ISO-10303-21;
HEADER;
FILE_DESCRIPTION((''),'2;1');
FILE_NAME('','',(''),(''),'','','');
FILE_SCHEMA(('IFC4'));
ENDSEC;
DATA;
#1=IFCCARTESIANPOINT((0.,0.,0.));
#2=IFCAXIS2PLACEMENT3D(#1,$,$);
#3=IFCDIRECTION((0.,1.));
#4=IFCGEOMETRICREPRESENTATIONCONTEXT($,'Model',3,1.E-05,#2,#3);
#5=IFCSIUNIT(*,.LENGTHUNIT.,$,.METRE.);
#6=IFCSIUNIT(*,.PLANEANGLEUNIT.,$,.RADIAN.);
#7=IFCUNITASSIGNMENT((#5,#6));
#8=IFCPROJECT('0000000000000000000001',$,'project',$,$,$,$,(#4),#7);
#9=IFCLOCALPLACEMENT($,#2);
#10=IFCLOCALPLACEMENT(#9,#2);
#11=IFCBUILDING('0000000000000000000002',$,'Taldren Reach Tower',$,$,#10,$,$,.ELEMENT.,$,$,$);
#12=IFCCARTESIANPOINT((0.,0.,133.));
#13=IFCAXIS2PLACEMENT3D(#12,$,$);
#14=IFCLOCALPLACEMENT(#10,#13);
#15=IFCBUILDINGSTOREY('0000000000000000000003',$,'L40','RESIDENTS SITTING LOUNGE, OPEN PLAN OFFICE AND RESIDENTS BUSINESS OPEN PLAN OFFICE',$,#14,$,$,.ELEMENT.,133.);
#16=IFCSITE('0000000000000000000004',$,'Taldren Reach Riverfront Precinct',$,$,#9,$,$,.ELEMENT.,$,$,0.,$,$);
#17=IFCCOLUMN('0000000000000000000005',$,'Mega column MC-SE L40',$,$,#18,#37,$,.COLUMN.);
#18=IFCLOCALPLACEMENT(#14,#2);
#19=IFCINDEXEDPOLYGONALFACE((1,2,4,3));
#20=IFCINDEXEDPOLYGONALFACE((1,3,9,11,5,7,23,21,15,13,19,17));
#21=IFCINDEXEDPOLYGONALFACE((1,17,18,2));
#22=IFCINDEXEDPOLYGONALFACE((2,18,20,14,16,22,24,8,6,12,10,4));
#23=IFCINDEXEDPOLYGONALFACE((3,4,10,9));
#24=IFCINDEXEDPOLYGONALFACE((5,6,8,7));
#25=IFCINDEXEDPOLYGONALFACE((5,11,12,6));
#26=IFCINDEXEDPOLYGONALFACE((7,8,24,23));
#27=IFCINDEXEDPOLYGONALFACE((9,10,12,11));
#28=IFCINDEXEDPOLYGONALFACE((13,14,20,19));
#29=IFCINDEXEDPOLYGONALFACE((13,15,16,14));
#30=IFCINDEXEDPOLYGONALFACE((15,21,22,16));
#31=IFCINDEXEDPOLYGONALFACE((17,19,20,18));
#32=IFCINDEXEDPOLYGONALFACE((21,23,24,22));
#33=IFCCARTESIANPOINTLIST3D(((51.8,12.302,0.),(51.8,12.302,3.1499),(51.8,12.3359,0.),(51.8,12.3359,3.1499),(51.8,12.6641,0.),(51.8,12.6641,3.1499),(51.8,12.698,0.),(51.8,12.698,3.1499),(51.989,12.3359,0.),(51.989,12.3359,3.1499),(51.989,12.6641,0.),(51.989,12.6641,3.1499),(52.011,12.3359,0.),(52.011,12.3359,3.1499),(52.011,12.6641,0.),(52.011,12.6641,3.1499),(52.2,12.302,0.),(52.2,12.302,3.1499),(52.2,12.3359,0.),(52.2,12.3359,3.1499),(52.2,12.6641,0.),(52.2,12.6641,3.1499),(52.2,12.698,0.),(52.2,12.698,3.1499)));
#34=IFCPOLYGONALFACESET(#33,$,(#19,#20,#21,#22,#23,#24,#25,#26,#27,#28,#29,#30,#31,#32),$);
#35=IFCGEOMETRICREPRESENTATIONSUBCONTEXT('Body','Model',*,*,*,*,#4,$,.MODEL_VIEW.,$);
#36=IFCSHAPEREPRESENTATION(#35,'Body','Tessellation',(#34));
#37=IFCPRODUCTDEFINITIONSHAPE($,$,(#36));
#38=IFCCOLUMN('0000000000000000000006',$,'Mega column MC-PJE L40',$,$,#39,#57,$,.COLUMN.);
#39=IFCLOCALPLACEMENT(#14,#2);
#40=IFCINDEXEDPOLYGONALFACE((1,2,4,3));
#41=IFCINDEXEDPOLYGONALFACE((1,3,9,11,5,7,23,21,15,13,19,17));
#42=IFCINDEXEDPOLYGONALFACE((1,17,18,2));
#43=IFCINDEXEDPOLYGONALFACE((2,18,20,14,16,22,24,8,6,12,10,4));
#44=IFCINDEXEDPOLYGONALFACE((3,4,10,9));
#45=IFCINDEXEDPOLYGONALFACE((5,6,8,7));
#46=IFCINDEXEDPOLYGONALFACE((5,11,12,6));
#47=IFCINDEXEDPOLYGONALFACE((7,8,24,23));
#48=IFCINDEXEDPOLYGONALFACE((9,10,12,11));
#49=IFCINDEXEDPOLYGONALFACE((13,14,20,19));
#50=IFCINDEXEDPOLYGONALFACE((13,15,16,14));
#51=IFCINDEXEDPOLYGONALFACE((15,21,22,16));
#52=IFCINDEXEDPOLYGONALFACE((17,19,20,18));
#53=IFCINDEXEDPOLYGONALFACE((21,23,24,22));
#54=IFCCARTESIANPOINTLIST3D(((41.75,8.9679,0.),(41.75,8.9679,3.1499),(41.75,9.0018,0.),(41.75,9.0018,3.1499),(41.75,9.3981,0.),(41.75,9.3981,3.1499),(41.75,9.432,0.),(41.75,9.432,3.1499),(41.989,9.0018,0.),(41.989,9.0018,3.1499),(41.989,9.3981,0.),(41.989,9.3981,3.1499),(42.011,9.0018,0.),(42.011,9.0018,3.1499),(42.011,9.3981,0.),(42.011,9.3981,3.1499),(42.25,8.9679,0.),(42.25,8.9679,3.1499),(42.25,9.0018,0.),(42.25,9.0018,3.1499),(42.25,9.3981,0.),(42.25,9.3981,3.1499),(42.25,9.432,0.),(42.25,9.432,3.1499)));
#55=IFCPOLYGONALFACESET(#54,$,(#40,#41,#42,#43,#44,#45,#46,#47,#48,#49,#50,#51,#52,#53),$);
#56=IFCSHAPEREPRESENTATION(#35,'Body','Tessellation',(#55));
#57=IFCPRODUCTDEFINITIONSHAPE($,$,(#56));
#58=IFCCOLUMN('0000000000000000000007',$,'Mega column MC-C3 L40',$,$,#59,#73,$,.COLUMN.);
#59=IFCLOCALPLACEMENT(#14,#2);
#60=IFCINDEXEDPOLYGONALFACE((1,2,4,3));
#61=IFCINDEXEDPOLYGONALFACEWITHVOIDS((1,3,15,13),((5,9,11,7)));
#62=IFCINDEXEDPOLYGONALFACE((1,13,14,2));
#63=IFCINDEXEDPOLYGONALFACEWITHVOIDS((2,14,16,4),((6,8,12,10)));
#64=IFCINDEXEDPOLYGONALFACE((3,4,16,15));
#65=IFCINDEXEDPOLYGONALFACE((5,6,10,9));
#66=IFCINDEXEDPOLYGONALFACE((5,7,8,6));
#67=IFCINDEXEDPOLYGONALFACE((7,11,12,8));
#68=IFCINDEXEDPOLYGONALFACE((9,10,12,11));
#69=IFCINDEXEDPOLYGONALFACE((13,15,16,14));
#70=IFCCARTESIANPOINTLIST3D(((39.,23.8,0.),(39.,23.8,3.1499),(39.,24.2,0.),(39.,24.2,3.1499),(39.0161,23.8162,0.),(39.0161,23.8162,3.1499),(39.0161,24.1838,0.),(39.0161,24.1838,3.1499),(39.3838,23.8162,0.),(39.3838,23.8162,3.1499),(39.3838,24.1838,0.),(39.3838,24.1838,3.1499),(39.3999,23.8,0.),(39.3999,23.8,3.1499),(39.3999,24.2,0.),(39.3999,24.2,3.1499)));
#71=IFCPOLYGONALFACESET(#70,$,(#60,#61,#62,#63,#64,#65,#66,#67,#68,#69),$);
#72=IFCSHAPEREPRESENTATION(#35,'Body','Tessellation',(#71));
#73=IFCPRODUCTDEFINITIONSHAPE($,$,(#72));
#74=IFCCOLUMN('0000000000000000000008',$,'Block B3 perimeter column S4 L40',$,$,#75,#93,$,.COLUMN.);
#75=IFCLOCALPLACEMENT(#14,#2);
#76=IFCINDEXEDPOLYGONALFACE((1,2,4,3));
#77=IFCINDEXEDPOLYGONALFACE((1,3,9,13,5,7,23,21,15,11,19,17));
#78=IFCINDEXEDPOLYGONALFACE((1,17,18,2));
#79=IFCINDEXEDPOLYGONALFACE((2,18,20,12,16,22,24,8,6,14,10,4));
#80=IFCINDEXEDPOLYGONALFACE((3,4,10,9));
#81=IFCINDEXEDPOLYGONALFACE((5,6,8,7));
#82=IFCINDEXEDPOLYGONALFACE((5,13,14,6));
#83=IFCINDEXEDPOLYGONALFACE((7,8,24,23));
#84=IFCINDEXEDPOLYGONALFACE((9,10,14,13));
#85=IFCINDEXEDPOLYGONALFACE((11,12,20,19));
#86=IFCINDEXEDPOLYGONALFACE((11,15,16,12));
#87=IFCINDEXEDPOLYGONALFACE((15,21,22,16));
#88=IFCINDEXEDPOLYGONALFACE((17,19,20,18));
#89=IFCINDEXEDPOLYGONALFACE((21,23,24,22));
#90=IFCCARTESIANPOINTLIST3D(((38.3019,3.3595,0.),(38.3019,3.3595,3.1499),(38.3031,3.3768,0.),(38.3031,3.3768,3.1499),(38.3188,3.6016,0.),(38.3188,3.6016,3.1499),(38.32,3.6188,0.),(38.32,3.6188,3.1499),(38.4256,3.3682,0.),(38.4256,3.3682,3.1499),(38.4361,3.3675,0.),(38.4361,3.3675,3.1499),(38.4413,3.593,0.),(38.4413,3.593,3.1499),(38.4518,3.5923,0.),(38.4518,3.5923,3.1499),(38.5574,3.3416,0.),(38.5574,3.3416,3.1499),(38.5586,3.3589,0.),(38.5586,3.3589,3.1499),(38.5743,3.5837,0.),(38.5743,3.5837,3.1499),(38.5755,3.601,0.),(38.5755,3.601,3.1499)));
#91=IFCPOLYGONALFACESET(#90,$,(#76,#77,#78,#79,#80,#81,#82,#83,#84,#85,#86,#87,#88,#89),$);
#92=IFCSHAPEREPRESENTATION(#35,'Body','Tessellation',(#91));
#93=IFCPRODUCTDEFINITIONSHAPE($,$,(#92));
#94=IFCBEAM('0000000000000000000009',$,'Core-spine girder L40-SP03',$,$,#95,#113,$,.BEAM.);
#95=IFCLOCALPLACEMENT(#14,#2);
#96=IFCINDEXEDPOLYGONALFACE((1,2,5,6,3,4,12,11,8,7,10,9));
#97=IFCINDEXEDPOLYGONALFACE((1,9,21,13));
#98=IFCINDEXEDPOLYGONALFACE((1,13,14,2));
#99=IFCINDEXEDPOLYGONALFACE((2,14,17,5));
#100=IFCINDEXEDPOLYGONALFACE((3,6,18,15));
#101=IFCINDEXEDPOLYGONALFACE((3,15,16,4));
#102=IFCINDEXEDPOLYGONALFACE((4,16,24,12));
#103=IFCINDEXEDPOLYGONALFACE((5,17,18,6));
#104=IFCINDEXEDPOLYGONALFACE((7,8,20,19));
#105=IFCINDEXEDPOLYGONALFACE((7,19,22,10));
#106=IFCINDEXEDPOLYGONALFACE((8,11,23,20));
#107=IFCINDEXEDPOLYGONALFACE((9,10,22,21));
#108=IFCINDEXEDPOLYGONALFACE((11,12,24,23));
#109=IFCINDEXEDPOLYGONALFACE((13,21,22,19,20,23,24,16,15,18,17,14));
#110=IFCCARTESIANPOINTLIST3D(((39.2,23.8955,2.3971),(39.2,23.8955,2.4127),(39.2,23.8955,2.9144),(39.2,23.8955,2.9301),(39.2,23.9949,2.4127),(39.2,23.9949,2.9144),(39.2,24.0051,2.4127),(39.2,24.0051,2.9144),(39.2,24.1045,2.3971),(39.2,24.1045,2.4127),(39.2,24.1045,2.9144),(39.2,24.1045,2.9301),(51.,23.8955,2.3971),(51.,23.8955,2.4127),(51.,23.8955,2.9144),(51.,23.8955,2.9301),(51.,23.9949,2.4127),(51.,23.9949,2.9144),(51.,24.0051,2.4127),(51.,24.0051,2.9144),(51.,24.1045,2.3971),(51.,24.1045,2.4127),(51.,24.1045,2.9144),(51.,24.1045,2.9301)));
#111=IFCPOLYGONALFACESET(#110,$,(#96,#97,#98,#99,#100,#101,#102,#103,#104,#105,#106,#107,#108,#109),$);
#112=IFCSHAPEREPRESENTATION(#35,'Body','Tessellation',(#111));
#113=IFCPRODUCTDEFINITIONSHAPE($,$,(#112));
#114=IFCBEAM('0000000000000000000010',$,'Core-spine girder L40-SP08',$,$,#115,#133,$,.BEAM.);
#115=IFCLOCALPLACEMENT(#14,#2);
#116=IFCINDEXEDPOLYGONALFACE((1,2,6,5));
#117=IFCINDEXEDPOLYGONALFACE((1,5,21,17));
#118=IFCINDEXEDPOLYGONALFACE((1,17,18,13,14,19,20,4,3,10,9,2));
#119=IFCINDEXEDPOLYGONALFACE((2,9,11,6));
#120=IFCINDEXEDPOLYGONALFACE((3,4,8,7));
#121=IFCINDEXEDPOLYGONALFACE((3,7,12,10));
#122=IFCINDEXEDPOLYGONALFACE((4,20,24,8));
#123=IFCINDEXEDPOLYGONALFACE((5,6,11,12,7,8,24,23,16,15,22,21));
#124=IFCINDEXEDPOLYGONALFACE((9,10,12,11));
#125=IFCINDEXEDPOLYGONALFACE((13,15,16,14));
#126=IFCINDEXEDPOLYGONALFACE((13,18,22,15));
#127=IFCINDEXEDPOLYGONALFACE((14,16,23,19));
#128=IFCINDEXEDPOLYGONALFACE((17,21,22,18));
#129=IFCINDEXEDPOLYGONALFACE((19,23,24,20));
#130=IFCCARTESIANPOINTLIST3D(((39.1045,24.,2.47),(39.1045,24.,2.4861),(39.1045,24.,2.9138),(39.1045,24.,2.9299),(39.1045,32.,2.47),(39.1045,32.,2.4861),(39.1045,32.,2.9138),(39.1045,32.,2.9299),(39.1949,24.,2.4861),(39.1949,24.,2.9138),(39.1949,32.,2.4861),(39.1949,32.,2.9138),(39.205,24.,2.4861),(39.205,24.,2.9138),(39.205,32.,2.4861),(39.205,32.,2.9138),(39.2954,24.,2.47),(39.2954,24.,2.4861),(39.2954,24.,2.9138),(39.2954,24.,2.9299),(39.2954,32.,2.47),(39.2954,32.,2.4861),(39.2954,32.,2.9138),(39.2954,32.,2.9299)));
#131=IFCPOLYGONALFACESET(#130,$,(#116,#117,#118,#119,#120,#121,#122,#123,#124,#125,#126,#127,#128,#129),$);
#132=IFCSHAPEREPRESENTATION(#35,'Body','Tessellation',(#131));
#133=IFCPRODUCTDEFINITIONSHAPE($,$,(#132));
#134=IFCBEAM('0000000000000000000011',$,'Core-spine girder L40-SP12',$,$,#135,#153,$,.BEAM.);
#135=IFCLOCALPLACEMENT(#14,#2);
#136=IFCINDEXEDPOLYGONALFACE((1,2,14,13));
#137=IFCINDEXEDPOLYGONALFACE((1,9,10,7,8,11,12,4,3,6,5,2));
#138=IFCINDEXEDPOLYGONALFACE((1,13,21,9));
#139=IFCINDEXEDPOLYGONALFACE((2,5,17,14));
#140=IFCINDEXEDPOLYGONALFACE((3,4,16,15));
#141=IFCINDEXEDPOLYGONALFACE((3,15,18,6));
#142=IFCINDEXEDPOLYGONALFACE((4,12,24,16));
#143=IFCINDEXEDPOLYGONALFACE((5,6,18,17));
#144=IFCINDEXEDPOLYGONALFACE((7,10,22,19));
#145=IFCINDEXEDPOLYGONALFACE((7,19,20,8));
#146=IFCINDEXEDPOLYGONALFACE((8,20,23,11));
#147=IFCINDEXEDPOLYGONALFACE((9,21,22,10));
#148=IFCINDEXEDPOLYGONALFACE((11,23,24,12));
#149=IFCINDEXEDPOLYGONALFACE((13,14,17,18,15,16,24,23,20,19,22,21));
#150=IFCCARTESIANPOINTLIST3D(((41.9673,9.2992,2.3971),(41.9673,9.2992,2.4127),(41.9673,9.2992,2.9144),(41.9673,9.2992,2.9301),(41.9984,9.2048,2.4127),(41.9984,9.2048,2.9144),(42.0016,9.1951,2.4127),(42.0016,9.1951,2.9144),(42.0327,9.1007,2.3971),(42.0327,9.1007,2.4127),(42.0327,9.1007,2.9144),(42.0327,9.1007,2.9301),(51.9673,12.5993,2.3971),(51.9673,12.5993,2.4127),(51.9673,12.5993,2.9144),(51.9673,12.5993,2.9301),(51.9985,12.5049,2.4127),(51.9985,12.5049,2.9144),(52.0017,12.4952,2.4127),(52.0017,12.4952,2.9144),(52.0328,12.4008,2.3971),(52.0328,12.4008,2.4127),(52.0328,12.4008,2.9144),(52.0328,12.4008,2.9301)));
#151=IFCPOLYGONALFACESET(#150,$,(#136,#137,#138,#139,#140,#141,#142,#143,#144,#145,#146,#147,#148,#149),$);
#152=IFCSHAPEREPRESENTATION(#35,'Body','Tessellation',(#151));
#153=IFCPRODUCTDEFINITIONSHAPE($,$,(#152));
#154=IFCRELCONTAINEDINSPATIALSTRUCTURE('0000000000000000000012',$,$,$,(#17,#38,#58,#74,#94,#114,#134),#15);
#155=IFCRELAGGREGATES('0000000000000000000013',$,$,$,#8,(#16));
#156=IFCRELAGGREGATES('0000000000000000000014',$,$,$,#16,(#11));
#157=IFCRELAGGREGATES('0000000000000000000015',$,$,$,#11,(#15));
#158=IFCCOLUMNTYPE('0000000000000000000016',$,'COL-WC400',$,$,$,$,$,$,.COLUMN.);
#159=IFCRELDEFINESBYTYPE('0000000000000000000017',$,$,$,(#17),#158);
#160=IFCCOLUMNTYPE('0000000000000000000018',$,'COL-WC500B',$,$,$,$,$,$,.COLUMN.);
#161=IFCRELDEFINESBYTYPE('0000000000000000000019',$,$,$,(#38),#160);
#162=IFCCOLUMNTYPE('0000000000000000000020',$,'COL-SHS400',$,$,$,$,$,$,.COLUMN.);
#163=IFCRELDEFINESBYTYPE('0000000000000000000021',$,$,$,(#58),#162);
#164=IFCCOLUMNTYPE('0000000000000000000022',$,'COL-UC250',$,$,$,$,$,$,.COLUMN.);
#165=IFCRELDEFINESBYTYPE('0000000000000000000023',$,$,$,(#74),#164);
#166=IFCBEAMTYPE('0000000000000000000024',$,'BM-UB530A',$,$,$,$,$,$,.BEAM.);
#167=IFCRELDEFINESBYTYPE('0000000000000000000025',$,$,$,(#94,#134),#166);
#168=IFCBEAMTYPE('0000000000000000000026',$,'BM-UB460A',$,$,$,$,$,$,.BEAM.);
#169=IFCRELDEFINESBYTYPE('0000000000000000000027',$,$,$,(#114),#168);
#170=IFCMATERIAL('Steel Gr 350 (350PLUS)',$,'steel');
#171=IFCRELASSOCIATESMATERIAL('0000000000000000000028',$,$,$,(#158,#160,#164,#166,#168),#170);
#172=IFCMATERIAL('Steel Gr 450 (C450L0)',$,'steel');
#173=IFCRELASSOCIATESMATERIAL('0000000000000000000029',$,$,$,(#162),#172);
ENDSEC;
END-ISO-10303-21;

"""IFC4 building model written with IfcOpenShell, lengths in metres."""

from ifc_helpers import new_model, si_unit, direction, frame, origin, origin_2d, place, context, subcontext, project, spatial, hollow_rectangle, i_section, extrude, source, transform, mapped, material, material_profile, profile_set, type_object, element, save


model = new_model("IFC4")

# Units and contexts
model_context = context("Model", 3, precision=1e-05, world=origin(), true_north=direction((0.0, 1.0)))
body_context = subcontext(model_context, "Body", "Model", "MODEL_VIEW")
ifc_project = project(units=[si_unit("LENGTHUNIT", "METRE"), si_unit("PLANEANGLEUNIT", "RADIAN")], contexts=[model_context])

# Site, building, storey
site_placement = place(None, origin())
site = spatial("IfcSite", under=ifc_project, at=site_placement, Name="Taldren Reach Riverfront Precinct", CompositionType="ELEMENT", RefElevation=0.0)
building_placement = place(site_placement, origin())
building = spatial("IfcBuilding", under=site, at=building_placement, Name="Taldren Reach Tower", CompositionType="ELEMENT")
storey_placement = place(building_placement, frame((0.0, 0.0, 133.0)))
storey = spatial("IfcBuildingStorey", under=building, at=storey_placement, Name="L40", Description="RESIDENTS SITTING LOUNGE, OPEN PLAN OFFICE AND RESIDENTS BUSINESS OPEN PLAN OFFICE", CompositionType="ELEMENT", Elevation=133.0)

# Columns
ifc_material_1 = material(Name="Steel Gr 350 (350PLUS)", Category="steel")
ifc_material_profile_1 = material_profile(ifc_material_1, i_section(OverallWidth=0.3999, OverallDepth=0.396, WebThickness=0.022, FlangeThickness=0.0339, at=origin_2d()), Name="400WC270")
ifc_profile_set_1 = profile_set([ifc_material_profile_1], Name="Steel Gr 350 (350PLUS)")
column_type_1 = type_object("IfcColumnType", Name="COL-WC400", PredefinedType="COLUMN", material=ifc_profile_set_1)
shared_shape_1 = source(origin(), body_context, "Body", "SweptSolid", [
    extrude(i_section(OverallWidth=0.3999, OverallDepth=0.396, WebThickness=0.022, FlangeThickness=0.0339, at=origin_2d()), origin(), (0.0, 0.0, 1.0), 3.1499),
])
column_1_placement = place(storey_placement, frame((52.0, 12.5, 0.0), z_axis=(0.0, 0.0, 1.0), x_axis=(1.0, 0.0, 0.0)))
element("IfcColumn", 1, at=column_1_placement, inside=storey, type_object=column_type_1, Name="Mega column MC-SE L40", PredefinedType="COLUMN", context=body_context, shape_type="MappedRepresentation", body=[
    mapped(shared_shape_1, transform((0.0, 0.0, 0.0), scale=1.0)),
])
ifc_material_profile_2 = material_profile(ifc_material_1, i_section(OverallWidth=0.5, OverallDepth=0.4641, WebThickness=0.022, FlangeThickness=0.0339, at=origin_2d()), Name="500WC340")
ifc_profile_set_2 = profile_set([ifc_material_profile_2], Name="Steel Gr 350 (350PLUS)")
column_type_2 = type_object("IfcColumnType", Name="COL-WC500B", PredefinedType="COLUMN", material=ifc_profile_set_2)
shared_shape_2 = source(origin(), body_context, "Body", "SweptSolid", [
    extrude(i_section(OverallWidth=0.5, OverallDepth=0.4641, WebThickness=0.022, FlangeThickness=0.0339, at=origin_2d()), origin(), (0.0, 0.0, 1.0), 3.1499),
])
column_2_placement = place(storey_placement, frame((42.0, 9.2, 0.0), z_axis=(0.0, 0.0, 1.0), x_axis=(1.0, 0.0, 0.0)))
element("IfcColumn", 2, at=column_2_placement, inside=storey, type_object=column_type_2, Name="Mega column MC-PJE L40", PredefinedType="COLUMN", context=body_context, shape_type="MappedRepresentation", body=[
    mapped(shared_shape_2, transform((0.0, 0.0, 0.0), scale=1.0)),
])
ifc_material_2 = material(Name="Steel Gr 450 (C450L0)", Category="steel")
ifc_material_profile_3 = material_profile(ifc_material_2, hollow_rectangle(XDim=0.3999, YDim=0.3999, WallThickness=0.0161, at=origin_2d()), Name="400x400x16.0SHS")
ifc_profile_set_3 = profile_set([ifc_material_profile_3], Name="Steel Gr 450 (C450L0)")
column_type_3 = type_object("IfcColumnType", Name="COL-SHS400", PredefinedType="COLUMN", material=ifc_profile_set_3)
shared_shape_3 = source(origin(), body_context, "Body", "SweptSolid", [
    extrude(hollow_rectangle(XDim=0.3999, YDim=0.3999, WallThickness=0.0161, at=origin_2d()), origin(), (0.0, 0.0, 1.0), 3.1499),
])
column_3_placement = place(storey_placement, frame((39.2, 24.0, 0.0), z_axis=(0.0, 0.0, 1.0), x_axis=(1.0, 0.0, 0.0)))
element("IfcColumn", 3, at=column_3_placement, inside=storey, type_object=column_type_3, Name="Mega column MC-C3 L40", PredefinedType="COLUMN", context=body_context, shape_type="MappedRepresentation", body=[
    mapped(shared_shape_3, transform((0.0, 0.0, 0.0), scale=1.0)),
])
ifc_material_profile_4 = material_profile(ifc_material_1, i_section(OverallWidth=0.2561, OverallDepth=0.26, WebThickness=0.0105, FlangeThickness=0.0173, at=origin_2d()), Name="250UC89.5")
ifc_profile_set_4 = profile_set([ifc_material_profile_4], Name="Steel Gr 350 (350PLUS)")
column_type_4 = type_object("IfcColumnType", Name="COL-UC250", PredefinedType="COLUMN", material=ifc_profile_set_4)
shared_shape_4 = source(origin(), body_context, "Body", "SweptSolid", [
    extrude(i_section(OverallWidth=0.2561, OverallDepth=0.26, WebThickness=0.0105, FlangeThickness=0.0173, at=origin_2d()), origin(), (0.0, 0.0, 1.0), 3.1499),
])
column_4_placement = place(storey_placement, frame((38.4387, 3.4802, 0.0), z_axis=(0.0, 0.0, 1.0), x_axis=(0.997564, -0.069756, 0.0)))
element("IfcColumn", 4, at=column_4_placement, inside=storey, type_object=column_type_4, Name="Block B3 perimeter column S4 L40", PredefinedType="COLUMN", context=body_context, shape_type="MappedRepresentation", body=[
    mapped(shared_shape_4, transform((0.0, 0.0, 0.0), scale=1.0)),
])

# Beams
ifc_material_profile_5 = material_profile(ifc_material_1, i_section(OverallWidth=0.209, OverallDepth=0.533, WebThickness=0.0103, FlangeThickness=0.0156, at=origin_2d()), Name="530UB92.4")
ifc_profile_set_5 = profile_set([ifc_material_profile_5], Name="Steel Gr 350 (350PLUS)")
beam_type_1 = type_object("IfcBeamType", Name="BM-UB530A", PredefinedType="BEAM", material=ifc_profile_set_5)
shared_shape_5 = source(origin(), body_context, "Body", "SweptSolid", [
    extrude(i_section(OverallWidth=0.209, OverallDepth=0.533, WebThickness=0.0103, FlangeThickness=0.0156, at=origin_2d()), origin(), (0.0, 0.0, 1.0), 11.8),
])
beam_1_placement = place(storey_placement, frame((39.2, 24.0, 2.6636), z_axis=(1.0, 0.0, 0.0), x_axis=(0.0, 1.0, 0.0)))
element("IfcBeam", 5, at=beam_1_placement, inside=storey, type_object=beam_type_1, Name="Core-spine girder L40-SP03", PredefinedType="BEAM", context=body_context, shape_type="MappedRepresentation", body=[
    mapped(shared_shape_5, transform((0.0, 0.0, 0.0), scale=1.0)),
])
ifc_material_profile_6 = material_profile(ifc_material_1, i_section(OverallWidth=0.1909, OverallDepth=0.46, WebThickness=0.01, FlangeThickness=0.0161, at=origin_2d()), Name="460UB82.1")
ifc_profile_set_6 = profile_set([ifc_material_profile_6], Name="Steel Gr 350 (350PLUS)")
beam_type_2 = type_object("IfcBeamType", Name="BM-UB460A", PredefinedType="BEAM", material=ifc_profile_set_6)
shared_shape_6 = source(origin(), body_context, "Body", "SweptSolid", [
    extrude(i_section(OverallWidth=0.1909, OverallDepth=0.46, WebThickness=0.01, FlangeThickness=0.0161, at=origin_2d()), origin(), (0.0, 0.0, 1.0), 8.0),
])
beam_2_placement = place(storey_placement, frame((39.2, 24.0, 2.7), z_axis=(0.0, 1.0, 0.0), x_axis=(-1.0, 0.0, 0.0)))
element("IfcBeam", 6, at=beam_2_placement, inside=storey, type_object=beam_type_2, Name="Core-spine girder L40-SP08", PredefinedType="BEAM", context=body_context, shape_type="MappedRepresentation", body=[
    mapped(shared_shape_6, transform((0.0, 0.0, 0.0), scale=1.0)),
])
shared_shape_7 = source(origin(), body_context, "Body", "SweptSolid", [
    extrude(i_section(OverallWidth=0.209, OverallDepth=0.533, WebThickness=0.0103, FlangeThickness=0.0156, at=origin_2d()), origin(), (0.0, 0.0, 1.0), 10.5305),
])
beam_3_placement = place(storey_placement, frame((42.0, 9.2, 2.6636), z_axis=(0.949627, 0.313382, 0.0), x_axis=(-0.313382, 0.949627, 0.0)))
element("IfcBeam", 7, at=beam_3_placement, inside=storey, type_object=beam_type_1, Name="Core-spine girder L40-SP12", PredefinedType="BEAM", context=body_context, shape_type="MappedRepresentation", body=[
    mapped(shared_shape_7, transform((0.0, 0.0, 0.0), scale=1.0)),
])

save(model, "model.ifc")
